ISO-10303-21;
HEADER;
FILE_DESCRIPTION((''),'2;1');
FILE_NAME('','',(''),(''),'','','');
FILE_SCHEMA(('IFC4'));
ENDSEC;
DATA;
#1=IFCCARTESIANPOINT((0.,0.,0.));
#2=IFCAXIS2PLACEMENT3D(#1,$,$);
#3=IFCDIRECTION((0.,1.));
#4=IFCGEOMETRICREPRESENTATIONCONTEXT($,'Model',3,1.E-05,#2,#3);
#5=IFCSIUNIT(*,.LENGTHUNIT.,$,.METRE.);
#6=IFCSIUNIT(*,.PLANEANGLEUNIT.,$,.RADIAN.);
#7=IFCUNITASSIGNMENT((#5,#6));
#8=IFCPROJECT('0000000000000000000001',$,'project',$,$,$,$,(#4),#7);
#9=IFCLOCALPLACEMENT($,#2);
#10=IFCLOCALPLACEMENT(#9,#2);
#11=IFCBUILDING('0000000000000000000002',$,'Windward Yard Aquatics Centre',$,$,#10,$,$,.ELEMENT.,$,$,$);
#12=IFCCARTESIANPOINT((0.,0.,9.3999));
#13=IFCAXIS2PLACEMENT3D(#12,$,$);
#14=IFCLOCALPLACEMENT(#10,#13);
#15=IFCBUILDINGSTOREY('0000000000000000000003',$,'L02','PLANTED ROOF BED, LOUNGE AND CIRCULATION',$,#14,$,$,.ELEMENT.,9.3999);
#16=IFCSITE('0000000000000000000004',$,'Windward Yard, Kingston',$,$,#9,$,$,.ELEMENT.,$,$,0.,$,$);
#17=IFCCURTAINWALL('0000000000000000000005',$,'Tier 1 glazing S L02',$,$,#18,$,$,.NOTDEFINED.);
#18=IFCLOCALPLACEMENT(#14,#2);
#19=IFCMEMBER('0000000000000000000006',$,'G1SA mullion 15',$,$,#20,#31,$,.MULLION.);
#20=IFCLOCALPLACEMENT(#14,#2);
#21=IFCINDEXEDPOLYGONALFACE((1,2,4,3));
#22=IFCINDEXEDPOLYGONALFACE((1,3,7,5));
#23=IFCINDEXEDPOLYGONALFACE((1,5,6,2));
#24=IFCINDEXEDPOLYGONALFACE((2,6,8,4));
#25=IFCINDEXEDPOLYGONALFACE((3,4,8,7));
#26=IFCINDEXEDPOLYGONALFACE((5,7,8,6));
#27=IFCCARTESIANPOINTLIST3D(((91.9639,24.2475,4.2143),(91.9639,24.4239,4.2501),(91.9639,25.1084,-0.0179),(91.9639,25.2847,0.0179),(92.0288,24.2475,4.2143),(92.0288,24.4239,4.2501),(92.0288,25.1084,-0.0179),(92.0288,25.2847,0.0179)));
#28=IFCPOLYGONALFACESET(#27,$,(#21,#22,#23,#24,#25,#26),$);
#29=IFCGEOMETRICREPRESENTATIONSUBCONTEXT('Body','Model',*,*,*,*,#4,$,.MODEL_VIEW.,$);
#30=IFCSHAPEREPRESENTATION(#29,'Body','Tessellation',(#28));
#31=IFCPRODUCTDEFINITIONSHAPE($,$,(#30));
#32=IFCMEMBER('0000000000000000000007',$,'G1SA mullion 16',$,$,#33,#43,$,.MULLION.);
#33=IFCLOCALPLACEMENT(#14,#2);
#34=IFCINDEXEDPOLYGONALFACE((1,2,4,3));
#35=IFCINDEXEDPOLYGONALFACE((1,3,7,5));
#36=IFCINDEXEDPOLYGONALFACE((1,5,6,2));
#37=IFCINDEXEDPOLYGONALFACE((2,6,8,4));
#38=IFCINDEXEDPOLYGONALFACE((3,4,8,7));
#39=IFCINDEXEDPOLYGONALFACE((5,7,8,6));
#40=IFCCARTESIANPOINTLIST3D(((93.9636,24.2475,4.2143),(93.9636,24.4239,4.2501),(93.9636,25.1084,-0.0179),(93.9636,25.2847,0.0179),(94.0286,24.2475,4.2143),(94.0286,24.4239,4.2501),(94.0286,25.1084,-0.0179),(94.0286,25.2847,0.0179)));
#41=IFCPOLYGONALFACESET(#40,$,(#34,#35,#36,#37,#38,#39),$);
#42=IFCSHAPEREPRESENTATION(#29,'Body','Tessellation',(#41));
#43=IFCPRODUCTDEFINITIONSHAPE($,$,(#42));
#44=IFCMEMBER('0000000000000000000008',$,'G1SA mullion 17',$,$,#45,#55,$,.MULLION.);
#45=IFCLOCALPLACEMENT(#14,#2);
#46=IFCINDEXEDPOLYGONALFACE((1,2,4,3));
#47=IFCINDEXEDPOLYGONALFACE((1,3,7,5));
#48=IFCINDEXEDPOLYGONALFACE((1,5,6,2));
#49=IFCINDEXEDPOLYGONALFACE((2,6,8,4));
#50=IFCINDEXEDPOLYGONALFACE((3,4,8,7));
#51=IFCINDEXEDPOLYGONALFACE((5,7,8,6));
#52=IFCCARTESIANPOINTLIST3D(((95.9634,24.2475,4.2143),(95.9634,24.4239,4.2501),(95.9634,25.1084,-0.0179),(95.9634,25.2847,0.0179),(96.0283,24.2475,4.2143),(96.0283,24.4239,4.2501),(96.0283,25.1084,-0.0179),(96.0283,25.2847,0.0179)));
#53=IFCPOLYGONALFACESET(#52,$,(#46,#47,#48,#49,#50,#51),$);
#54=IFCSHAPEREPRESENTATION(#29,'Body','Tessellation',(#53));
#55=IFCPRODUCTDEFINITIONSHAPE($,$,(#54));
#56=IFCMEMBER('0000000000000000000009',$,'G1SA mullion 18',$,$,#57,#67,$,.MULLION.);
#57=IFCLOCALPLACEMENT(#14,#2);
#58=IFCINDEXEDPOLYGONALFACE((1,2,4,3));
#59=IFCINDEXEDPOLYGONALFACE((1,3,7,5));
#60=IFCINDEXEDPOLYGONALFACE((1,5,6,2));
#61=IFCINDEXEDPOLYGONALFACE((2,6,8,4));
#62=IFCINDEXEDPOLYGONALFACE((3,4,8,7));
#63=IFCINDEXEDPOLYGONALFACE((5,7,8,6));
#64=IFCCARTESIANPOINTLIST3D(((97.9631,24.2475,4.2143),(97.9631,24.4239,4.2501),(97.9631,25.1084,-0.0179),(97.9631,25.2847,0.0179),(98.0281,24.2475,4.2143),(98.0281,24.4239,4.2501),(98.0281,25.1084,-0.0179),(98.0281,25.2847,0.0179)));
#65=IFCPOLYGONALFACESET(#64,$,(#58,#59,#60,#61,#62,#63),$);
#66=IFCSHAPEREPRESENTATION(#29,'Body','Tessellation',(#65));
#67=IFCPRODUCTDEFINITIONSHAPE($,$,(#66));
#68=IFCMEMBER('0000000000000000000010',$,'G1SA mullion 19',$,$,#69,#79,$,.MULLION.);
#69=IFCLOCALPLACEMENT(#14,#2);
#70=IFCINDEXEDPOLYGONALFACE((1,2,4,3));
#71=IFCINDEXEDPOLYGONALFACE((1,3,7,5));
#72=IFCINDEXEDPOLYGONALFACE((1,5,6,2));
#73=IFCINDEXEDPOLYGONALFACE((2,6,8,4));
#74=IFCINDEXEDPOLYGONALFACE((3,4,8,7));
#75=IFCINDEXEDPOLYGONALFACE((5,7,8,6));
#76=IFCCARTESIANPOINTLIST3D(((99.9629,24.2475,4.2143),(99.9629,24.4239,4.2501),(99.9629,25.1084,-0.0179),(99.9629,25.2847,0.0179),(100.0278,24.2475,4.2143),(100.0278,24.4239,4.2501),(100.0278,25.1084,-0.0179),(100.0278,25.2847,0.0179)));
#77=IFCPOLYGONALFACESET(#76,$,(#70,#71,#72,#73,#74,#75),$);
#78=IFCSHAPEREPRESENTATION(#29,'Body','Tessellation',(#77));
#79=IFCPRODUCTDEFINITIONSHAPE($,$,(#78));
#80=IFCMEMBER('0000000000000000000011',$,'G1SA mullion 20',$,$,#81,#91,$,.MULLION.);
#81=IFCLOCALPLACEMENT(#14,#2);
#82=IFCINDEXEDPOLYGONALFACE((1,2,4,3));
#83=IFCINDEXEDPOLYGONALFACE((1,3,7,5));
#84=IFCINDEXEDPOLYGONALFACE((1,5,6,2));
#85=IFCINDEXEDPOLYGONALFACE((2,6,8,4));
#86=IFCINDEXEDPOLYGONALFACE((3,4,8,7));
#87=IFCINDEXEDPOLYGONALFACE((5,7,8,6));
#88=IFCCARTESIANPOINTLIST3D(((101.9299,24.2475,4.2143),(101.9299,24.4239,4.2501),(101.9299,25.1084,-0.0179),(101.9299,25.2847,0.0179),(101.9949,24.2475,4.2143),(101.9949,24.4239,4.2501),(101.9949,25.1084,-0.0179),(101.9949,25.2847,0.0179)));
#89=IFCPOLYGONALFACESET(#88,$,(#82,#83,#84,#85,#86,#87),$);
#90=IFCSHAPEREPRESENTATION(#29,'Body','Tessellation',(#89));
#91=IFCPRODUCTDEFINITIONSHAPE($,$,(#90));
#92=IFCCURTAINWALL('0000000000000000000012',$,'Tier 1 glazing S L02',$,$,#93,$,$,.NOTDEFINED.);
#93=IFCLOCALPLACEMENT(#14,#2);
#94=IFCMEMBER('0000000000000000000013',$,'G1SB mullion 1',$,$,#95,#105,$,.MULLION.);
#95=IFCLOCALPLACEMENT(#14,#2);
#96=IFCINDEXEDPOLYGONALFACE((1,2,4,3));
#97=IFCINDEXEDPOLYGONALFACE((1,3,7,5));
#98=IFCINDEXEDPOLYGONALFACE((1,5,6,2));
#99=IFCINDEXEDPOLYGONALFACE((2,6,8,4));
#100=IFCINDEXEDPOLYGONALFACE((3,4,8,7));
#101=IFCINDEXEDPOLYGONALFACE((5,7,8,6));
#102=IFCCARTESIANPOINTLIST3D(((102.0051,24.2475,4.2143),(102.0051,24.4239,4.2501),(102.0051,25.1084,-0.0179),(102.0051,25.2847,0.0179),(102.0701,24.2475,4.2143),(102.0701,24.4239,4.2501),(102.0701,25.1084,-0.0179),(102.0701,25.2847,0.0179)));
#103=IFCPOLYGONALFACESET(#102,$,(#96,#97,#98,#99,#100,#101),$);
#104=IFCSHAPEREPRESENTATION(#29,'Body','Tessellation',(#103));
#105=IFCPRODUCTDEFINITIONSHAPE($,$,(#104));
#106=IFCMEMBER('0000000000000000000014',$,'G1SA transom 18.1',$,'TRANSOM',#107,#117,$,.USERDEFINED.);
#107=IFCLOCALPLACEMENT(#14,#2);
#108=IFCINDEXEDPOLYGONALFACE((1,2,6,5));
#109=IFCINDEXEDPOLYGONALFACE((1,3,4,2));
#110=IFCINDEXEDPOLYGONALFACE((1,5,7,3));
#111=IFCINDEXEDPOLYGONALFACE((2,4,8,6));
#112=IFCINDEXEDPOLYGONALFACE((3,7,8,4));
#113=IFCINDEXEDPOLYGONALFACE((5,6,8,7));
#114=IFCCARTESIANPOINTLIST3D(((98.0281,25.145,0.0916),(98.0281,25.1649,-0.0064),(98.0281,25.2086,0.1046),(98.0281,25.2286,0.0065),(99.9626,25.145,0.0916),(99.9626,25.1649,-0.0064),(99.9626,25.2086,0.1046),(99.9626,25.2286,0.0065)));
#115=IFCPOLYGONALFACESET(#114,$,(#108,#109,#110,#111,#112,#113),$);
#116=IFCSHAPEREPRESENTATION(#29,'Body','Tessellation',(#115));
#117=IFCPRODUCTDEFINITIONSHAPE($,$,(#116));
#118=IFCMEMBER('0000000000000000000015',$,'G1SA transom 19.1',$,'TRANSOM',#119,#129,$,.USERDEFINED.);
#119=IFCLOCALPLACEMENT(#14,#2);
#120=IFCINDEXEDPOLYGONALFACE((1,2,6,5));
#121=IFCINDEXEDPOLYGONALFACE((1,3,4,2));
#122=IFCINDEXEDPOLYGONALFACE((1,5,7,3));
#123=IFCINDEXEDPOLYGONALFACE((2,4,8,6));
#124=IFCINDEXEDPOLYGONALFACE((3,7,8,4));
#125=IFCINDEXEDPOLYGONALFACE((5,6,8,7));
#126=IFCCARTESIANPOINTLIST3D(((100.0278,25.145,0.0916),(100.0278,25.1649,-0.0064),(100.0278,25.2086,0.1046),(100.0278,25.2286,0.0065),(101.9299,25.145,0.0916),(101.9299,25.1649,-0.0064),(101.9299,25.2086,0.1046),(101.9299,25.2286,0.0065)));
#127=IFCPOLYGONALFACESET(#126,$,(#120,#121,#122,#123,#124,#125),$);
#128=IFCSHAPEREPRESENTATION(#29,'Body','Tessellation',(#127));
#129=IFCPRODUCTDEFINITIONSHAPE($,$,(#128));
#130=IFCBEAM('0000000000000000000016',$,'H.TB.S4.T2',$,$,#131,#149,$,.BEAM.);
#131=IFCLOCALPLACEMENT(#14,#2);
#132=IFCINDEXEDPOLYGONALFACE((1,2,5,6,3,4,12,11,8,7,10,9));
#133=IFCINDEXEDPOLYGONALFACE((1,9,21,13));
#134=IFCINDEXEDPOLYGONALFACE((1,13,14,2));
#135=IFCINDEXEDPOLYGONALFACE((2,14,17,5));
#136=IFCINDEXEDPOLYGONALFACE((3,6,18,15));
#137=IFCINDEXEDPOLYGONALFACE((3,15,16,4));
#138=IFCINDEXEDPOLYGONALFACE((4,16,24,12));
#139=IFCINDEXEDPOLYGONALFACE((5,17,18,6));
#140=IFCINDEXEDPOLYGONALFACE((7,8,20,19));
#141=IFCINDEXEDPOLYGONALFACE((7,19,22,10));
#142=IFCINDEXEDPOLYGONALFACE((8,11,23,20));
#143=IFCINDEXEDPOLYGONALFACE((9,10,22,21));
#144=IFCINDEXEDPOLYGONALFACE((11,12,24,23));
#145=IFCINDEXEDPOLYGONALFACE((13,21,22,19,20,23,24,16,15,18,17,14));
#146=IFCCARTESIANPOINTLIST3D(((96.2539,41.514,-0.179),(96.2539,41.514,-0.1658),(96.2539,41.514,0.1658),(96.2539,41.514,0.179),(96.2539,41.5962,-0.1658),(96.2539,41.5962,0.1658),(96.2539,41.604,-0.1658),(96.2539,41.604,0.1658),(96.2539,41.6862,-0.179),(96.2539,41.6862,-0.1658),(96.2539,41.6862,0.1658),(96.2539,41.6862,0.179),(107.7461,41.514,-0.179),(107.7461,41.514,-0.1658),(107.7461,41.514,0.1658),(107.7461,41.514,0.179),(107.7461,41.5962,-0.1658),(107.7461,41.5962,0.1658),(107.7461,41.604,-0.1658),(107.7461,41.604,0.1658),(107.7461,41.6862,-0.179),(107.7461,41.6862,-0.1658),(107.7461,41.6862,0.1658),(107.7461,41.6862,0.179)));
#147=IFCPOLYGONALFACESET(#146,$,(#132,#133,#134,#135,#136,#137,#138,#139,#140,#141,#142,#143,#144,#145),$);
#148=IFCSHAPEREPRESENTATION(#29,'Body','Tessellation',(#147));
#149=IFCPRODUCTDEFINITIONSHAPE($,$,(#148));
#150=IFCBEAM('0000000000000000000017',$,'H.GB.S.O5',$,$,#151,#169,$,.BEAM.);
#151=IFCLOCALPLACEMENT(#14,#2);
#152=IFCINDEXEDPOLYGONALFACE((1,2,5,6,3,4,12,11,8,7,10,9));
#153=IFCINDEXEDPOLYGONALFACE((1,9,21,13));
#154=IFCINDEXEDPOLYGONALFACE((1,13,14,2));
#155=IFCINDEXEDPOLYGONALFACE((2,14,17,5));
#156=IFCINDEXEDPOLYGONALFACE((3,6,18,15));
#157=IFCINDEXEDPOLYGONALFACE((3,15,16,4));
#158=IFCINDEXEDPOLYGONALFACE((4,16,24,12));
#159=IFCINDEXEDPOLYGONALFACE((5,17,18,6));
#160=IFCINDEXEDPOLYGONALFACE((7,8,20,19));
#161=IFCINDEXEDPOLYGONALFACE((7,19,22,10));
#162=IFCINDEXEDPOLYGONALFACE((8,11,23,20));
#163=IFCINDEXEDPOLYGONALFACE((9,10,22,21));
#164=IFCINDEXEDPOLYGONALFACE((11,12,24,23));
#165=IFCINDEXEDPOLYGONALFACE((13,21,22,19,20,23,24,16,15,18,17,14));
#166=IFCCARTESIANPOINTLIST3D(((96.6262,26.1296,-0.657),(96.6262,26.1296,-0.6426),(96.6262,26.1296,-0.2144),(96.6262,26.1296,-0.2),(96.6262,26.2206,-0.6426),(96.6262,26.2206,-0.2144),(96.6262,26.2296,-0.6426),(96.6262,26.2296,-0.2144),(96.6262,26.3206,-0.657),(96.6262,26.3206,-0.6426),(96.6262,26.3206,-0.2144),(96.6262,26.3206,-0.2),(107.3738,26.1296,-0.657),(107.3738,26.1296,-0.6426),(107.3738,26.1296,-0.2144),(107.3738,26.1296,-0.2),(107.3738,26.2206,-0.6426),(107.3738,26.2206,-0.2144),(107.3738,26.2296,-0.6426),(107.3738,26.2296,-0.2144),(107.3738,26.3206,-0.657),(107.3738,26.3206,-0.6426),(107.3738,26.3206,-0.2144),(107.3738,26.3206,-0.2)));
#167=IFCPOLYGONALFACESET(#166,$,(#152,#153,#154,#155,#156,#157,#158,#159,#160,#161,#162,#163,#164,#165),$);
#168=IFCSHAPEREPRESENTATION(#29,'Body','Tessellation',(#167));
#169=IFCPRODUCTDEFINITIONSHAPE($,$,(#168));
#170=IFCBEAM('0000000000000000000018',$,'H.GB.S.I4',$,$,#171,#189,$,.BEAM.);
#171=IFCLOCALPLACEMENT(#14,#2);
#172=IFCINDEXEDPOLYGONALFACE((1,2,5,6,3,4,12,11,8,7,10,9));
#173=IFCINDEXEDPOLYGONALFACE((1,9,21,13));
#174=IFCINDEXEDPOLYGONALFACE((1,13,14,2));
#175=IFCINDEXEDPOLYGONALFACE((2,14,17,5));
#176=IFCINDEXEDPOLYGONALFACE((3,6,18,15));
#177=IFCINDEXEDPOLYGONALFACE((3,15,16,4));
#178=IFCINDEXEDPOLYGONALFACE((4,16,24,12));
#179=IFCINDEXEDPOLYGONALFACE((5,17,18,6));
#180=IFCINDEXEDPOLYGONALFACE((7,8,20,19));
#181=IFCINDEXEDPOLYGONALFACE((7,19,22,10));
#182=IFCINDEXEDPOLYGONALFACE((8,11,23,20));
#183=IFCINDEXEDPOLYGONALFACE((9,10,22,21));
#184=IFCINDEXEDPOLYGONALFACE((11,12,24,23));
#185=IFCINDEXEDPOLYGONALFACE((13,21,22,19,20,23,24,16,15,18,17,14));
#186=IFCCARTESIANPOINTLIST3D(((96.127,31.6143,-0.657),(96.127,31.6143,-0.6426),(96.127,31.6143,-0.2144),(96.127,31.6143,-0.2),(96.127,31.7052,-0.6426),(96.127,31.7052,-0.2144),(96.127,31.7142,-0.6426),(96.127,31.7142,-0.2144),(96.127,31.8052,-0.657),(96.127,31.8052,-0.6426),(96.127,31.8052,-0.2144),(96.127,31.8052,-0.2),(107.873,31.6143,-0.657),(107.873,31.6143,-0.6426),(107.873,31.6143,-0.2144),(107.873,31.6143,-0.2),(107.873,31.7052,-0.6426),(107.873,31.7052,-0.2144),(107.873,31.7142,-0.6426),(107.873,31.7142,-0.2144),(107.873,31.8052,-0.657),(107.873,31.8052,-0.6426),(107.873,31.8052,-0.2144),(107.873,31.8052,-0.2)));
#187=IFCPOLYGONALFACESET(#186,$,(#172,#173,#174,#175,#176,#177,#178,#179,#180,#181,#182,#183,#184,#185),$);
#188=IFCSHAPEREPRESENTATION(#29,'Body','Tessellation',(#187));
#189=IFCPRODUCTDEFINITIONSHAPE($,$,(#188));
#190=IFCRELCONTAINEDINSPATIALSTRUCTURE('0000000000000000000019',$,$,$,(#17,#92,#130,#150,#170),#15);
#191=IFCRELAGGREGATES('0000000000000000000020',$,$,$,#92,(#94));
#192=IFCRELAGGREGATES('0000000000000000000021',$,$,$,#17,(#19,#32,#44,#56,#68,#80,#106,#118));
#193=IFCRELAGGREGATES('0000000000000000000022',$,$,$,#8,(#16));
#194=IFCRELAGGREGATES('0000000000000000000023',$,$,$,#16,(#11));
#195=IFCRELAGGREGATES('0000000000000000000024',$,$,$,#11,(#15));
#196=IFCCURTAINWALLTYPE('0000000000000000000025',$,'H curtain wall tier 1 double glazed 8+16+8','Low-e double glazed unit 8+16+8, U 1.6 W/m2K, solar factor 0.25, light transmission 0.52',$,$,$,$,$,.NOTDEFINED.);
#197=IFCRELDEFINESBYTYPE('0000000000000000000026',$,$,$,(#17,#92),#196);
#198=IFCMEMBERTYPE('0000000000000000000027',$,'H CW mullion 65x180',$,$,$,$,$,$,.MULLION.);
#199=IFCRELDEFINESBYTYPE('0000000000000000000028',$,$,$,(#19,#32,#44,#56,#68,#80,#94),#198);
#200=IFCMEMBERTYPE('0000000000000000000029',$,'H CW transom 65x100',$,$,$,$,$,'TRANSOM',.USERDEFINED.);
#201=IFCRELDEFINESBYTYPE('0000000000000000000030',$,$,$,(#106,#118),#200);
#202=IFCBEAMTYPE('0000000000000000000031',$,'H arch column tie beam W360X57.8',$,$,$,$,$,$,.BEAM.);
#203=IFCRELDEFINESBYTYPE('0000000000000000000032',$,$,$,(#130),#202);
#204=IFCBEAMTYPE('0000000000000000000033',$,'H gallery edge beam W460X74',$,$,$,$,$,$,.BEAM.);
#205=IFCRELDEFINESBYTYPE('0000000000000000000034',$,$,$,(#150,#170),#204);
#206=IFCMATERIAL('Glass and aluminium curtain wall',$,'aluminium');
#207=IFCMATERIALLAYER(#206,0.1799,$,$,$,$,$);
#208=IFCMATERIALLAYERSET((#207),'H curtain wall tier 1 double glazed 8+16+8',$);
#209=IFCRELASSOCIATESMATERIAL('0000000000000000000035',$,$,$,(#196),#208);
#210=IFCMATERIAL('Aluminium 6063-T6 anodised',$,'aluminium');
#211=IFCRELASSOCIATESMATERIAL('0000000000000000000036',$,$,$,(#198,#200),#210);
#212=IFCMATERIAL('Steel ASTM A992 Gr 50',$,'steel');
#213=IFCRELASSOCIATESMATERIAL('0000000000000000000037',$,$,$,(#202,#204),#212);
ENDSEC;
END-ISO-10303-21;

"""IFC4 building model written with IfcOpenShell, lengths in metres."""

from ifc_helpers import new_model, si_unit, direction, frame, origin, origin_2d, place, context, subcontext, project, spatial, rectangle, i_section, extrude, material, layer, layer_set, material_profile, profile_set, type_object, element, aggregate, save


model = new_model("IFC4")

# Units and contexts
model_context = context("Model", 3, precision=1e-05, world=origin(), true_north=direction((0.0, 1.0)))
body_context = subcontext(model_context, "Body", "Model", "MODEL_VIEW")
ifc_project = project(units=[si_unit("LENGTHUNIT", "METRE"), si_unit("PLANEANGLEUNIT", "RADIAN")], contexts=[model_context])

# Site, building, storey
site_placement = place(None, origin())
site = spatial("IfcSite", under=ifc_project, at=site_placement, Name="Windward Yard, Kingston", CompositionType="ELEMENT", RefElevation=0.0)
building_placement = place(site_placement, origin())
building = spatial("IfcBuilding", under=site, at=building_placement, Name="Windward Yard Aquatics Centre", CompositionType="ELEMENT")
storey_placement = place(building_placement, frame((0.0, 0.0, 9.3999)))
storey = spatial("IfcBuildingStorey", under=building, at=storey_placement, Name="L02", Description="PLANTED ROOF BED, LOUNGE AND CIRCULATION", CompositionType="ELEMENT", Elevation=9.3999)

# Curtain wall, members
ifc_material_1 = material(Name="Glass and aluminium curtain wall", Category="aluminium")
ifc_layer_1 = layer(ifc_material_1, 0.1799)
ifc_layer_set_1 = layer_set([ifc_layer_1], Name="H curtain wall tier 1 double glazed 8+16+8")
curtain_wall_type = type_object("IfcCurtainWallType", Name="H curtain wall tier 1 double glazed 8+16+8", Description="Low-e double glazed unit 8+16+8, U 1.6 W/m2K, solar factor 0.25, light transmission 0.52", PredefinedType="NOTDEFINED", material=ifc_layer_set_1)
curtain_wall_1_placement = place(storey_placement, origin())
curtain_wall_1 = element("IfcCurtainWall", 1, at=curtain_wall_1_placement, inside=storey, type_object=curtain_wall_type, Name="Tier 1 glazing S L02", PredefinedType="NOTDEFINED")
ifc_material_2 = material(Name="Aluminium 6063-T6 anodised", Category="aluminium")
ifc_material_profile_1 = material_profile(ifc_material_2, rectangle(XDim=0.0649, YDim=0.1799, at=origin_2d()), Name="H CW mullion 65x180")
ifc_profile_set_1 = profile_set([ifc_material_profile_1], Name="Aluminium 6063-T6 anodised")
member_type_1 = type_object("IfcMemberType", Name="H CW mullion 65x180", PredefinedType="MULLION", material=ifc_profile_set_1)
member_1_placement = place(storey_placement, frame((91.9963, 25.1965, 0.0), z_axis=(0.0, -0.199322, 0.979934), x_axis=(1.0, 0.0, 0.0)))
member_1 = element("IfcMember", 2, at=member_1_placement, type_object=member_type_1, Name="G1SA mullion 15", PredefinedType="MULLION", context=body_context, shape_type="SweptSolid", body=[
    extrude(rectangle(XDim=0.0649, YDim=0.1799, at=origin_2d()), origin(), (0.0, 0.0, 1.0), 4.3188),
])
member_2_placement = place(storey_placement, frame((93.9961, 25.1965, 0.0), z_axis=(0.0, -0.199322, 0.979934), x_axis=(1.0, 0.0, 0.0)))
member_2 = element("IfcMember", 3, at=member_2_placement, type_object=member_type_1, Name="G1SA mullion 16", PredefinedType="MULLION", context=body_context, shape_type="SweptSolid", body=[
    extrude(rectangle(XDim=0.0649, YDim=0.1799, at=origin_2d()), origin(), (0.0, 0.0, 1.0), 4.3188),
])
member_3_placement = place(storey_placement, frame((95.9958, 25.1965, 0.0), z_axis=(0.0, -0.199322, 0.979934), x_axis=(1.0, 0.0, 0.0)))
member_3 = element("IfcMember", 4, at=member_3_placement, type_object=member_type_1, Name="G1SA mullion 17", PredefinedType="MULLION", context=body_context, shape_type="SweptSolid", body=[
    extrude(rectangle(XDim=0.0649, YDim=0.1799, at=origin_2d()), origin(), (0.0, 0.0, 1.0), 4.3188),
])
member_4_placement = place(storey_placement, frame((97.9956, 25.1965, 0.0), z_axis=(0.0, -0.199322, 0.979934), x_axis=(1.0, 0.0, 0.0)))
member_4 = element("IfcMember", 5, at=member_4_placement, type_object=member_type_1, Name="G1SA mullion 18", PredefinedType="MULLION", context=body_context, shape_type="SweptSolid", body=[
    extrude(rectangle(XDim=0.0649, YDim=0.1799, at=origin_2d()), origin(), (0.0, 0.0, 1.0), 4.3188),
])
member_5_placement = place(storey_placement, frame((99.9954, 25.1965, 0.0), z_axis=(0.0, -0.199322, 0.979934), x_axis=(1.0, 0.0, 0.0)))
member_5 = element("IfcMember", 6, at=member_5_placement, type_object=member_type_1, Name="G1SA mullion 19", PredefinedType="MULLION", context=body_context, shape_type="SweptSolid", body=[
    extrude(rectangle(XDim=0.0649, YDim=0.1799, at=origin_2d()), origin(), (0.0, 0.0, 1.0), 4.3188),
])
member_6_placement = place(storey_placement, frame((101.9624, 25.1965, 0.0), z_axis=(0.0, -0.199322, 0.979934), x_axis=(1.0, 0.0, 0.0)))
member_6 = element("IfcMember", 7, at=member_6_placement, type_object=member_type_1, Name="G1SA mullion 20", PredefinedType="MULLION", context=body_context, shape_type="SweptSolid", body=[
    extrude(rectangle(XDim=0.0649, YDim=0.1799, at=origin_2d()), origin(), (0.0, 0.0, 1.0), 4.3188),
])

# Curtain wall, member
curtain_wall_2_placement = place(storey_placement, origin())
curtain_wall_2 = element("IfcCurtainWall", 8, at=curtain_wall_2_placement, inside=storey, type_object=curtain_wall_type, Name="Tier 1 glazing S L02", PredefinedType="NOTDEFINED")
member_7_placement = place(storey_placement, frame((102.0376, 25.1965, 0.0), z_axis=(0.0, -0.199322, 0.979934), x_axis=(1.0, 0.0, 0.0)))
member_7 = element("IfcMember", 9, at=member_7_placement, type_object=member_type_1, Name="G1SB mullion 1", PredefinedType="MULLION", context=body_context, shape_type="SweptSolid", body=[
    extrude(rectangle(XDim=0.0649, YDim=0.1799, at=origin_2d()), origin(), (0.0, 0.0, 1.0), 4.3188),
])
aggregate(curtain_wall_2, [member_7])

# Members
ifc_material_profile_2 = material_profile(ifc_material_2, rectangle(XDim=0.0649, YDim=0.1001, at=origin_2d()), Name="H CW transom 65x100")
ifc_profile_set_2 = profile_set([ifc_material_profile_2], Name="Aluminium 6063-T6 anodised")
member_type_2 = type_object("IfcMemberType", Name="H CW transom 65x100", ElementType="TRANSOM", PredefinedType="USERDEFINED", material=ifc_profile_set_2)
member_8_placement = place(storey_placement, frame((98.0281, 25.1868, 0.0491), z_axis=(1.0, 0.0, 0.0), x_axis=(0.0, 0.979925, 0.199368)))
member_8 = element("IfcMember", 10, at=member_8_placement, type_object=member_type_2, Name="G1SA transom 18.1", ObjectType="TRANSOM", PredefinedType="USERDEFINED", context=body_context, shape_type="SweptSolid", body=[
    extrude(rectangle(XDim=0.0649, YDim=0.1001, at=origin_2d()), origin(), (0.0, 0.0, 1.0), 1.9346),
])
member_9_placement = place(storey_placement, frame((100.0278, 25.1868, 0.0491), z_axis=(1.0, 0.0, 0.0), x_axis=(0.0, 0.979925, 0.199368)))
member_9 = element("IfcMember", 11, at=member_9_placement, type_object=member_type_2, Name="G1SA transom 19.1", ObjectType="TRANSOM", PredefinedType="USERDEFINED", context=body_context, shape_type="SweptSolid", body=[
    extrude(rectangle(XDim=0.0649, YDim=0.1001, at=origin_2d()), origin(), (0.0, 0.0, 1.0), 1.9021),
])
aggregate(curtain_wall_1, [member_1, member_2, member_3, member_4, member_5, member_6, member_8, member_9])

# Beams
ifc_material_3 = material(Name="Steel ASTM A992 Gr 50", Category="steel")
ifc_material_profile_3 = material_profile(ifc_material_3, i_section(OverallWidth=0.1721, OverallDepth=0.3579, WebThickness=0.0078, FlangeThickness=0.0132, at=origin_2d()), Name="W360X57.8")
ifc_profile_set_3 = profile_set([ifc_material_profile_3], Name="Steel ASTM A992 Gr 50")
beam_type_1 = type_object("IfcBeamType", Name="H arch column tie beam W360X57.8", PredefinedType="BEAM", material=ifc_profile_set_3)
beam_1_placement = place(storey_placement, frame((96.2539, 41.6001, 0.0), z_axis=(1.0, 0.0, 0.0), x_axis=(0.0, 1.0, 0.0)))
element("IfcBeam", 12, at=beam_1_placement, inside=storey, type_object=beam_type_1, Name="H.TB.S4.T2", PredefinedType="BEAM", context=body_context, shape_type="SweptSolid", body=[
    extrude(i_section(OverallWidth=0.1721, OverallDepth=0.3579, WebThickness=0.0078, FlangeThickness=0.0132, at=origin_2d()), origin(), (0.0, 0.0, 1.0), 11.4922),
])
ifc_material_profile_4 = material_profile(ifc_material_3, i_section(OverallWidth=0.1909, OverallDepth=0.457, WebThickness=0.009, FlangeThickness=0.0144, at=origin_2d()), Name="W460X74")
ifc_profile_set_4 = profile_set([ifc_material_profile_4], Name="Steel ASTM A992 Gr 50")
beam_type_2 = type_object("IfcBeamType", Name="H gallery edge beam W460X74", PredefinedType="BEAM", material=ifc_profile_set_4)
beam_2_placement = place(storey_placement, frame((96.6262, 26.2251, -0.4285), z_axis=(1.0, 0.0, 0.0), x_axis=(0.0, 1.0, 0.0)))
element("IfcBeam", 13, at=beam_2_placement, inside=storey, type_object=beam_type_2, Name="H.GB.S.O5", PredefinedType="BEAM", context=body_context, shape_type="SweptSolid", body=[
    extrude(i_section(OverallWidth=0.1909, OverallDepth=0.457, WebThickness=0.009, FlangeThickness=0.0144, at=origin_2d()), origin(), (0.0, 0.0, 1.0), 10.7476),
])
beam_3_placement = place(storey_placement, frame((96.127, 31.7097, -0.4285), z_axis=(1.0, 0.0, 0.0), x_axis=(0.0, 1.0, 0.0)))
element("IfcBeam", 14, at=beam_3_placement, inside=storey, type_object=beam_type_2, Name="H.GB.S.I4", PredefinedType="BEAM", context=body_context, shape_type="SweptSolid", body=[
    extrude(i_section(OverallWidth=0.1909, OverallDepth=0.457, WebThickness=0.009, FlangeThickness=0.0144, at=origin_2d()), origin(), (0.0, 0.0, 1.0), 11.7461),
])

save(model, "model.ifc")
